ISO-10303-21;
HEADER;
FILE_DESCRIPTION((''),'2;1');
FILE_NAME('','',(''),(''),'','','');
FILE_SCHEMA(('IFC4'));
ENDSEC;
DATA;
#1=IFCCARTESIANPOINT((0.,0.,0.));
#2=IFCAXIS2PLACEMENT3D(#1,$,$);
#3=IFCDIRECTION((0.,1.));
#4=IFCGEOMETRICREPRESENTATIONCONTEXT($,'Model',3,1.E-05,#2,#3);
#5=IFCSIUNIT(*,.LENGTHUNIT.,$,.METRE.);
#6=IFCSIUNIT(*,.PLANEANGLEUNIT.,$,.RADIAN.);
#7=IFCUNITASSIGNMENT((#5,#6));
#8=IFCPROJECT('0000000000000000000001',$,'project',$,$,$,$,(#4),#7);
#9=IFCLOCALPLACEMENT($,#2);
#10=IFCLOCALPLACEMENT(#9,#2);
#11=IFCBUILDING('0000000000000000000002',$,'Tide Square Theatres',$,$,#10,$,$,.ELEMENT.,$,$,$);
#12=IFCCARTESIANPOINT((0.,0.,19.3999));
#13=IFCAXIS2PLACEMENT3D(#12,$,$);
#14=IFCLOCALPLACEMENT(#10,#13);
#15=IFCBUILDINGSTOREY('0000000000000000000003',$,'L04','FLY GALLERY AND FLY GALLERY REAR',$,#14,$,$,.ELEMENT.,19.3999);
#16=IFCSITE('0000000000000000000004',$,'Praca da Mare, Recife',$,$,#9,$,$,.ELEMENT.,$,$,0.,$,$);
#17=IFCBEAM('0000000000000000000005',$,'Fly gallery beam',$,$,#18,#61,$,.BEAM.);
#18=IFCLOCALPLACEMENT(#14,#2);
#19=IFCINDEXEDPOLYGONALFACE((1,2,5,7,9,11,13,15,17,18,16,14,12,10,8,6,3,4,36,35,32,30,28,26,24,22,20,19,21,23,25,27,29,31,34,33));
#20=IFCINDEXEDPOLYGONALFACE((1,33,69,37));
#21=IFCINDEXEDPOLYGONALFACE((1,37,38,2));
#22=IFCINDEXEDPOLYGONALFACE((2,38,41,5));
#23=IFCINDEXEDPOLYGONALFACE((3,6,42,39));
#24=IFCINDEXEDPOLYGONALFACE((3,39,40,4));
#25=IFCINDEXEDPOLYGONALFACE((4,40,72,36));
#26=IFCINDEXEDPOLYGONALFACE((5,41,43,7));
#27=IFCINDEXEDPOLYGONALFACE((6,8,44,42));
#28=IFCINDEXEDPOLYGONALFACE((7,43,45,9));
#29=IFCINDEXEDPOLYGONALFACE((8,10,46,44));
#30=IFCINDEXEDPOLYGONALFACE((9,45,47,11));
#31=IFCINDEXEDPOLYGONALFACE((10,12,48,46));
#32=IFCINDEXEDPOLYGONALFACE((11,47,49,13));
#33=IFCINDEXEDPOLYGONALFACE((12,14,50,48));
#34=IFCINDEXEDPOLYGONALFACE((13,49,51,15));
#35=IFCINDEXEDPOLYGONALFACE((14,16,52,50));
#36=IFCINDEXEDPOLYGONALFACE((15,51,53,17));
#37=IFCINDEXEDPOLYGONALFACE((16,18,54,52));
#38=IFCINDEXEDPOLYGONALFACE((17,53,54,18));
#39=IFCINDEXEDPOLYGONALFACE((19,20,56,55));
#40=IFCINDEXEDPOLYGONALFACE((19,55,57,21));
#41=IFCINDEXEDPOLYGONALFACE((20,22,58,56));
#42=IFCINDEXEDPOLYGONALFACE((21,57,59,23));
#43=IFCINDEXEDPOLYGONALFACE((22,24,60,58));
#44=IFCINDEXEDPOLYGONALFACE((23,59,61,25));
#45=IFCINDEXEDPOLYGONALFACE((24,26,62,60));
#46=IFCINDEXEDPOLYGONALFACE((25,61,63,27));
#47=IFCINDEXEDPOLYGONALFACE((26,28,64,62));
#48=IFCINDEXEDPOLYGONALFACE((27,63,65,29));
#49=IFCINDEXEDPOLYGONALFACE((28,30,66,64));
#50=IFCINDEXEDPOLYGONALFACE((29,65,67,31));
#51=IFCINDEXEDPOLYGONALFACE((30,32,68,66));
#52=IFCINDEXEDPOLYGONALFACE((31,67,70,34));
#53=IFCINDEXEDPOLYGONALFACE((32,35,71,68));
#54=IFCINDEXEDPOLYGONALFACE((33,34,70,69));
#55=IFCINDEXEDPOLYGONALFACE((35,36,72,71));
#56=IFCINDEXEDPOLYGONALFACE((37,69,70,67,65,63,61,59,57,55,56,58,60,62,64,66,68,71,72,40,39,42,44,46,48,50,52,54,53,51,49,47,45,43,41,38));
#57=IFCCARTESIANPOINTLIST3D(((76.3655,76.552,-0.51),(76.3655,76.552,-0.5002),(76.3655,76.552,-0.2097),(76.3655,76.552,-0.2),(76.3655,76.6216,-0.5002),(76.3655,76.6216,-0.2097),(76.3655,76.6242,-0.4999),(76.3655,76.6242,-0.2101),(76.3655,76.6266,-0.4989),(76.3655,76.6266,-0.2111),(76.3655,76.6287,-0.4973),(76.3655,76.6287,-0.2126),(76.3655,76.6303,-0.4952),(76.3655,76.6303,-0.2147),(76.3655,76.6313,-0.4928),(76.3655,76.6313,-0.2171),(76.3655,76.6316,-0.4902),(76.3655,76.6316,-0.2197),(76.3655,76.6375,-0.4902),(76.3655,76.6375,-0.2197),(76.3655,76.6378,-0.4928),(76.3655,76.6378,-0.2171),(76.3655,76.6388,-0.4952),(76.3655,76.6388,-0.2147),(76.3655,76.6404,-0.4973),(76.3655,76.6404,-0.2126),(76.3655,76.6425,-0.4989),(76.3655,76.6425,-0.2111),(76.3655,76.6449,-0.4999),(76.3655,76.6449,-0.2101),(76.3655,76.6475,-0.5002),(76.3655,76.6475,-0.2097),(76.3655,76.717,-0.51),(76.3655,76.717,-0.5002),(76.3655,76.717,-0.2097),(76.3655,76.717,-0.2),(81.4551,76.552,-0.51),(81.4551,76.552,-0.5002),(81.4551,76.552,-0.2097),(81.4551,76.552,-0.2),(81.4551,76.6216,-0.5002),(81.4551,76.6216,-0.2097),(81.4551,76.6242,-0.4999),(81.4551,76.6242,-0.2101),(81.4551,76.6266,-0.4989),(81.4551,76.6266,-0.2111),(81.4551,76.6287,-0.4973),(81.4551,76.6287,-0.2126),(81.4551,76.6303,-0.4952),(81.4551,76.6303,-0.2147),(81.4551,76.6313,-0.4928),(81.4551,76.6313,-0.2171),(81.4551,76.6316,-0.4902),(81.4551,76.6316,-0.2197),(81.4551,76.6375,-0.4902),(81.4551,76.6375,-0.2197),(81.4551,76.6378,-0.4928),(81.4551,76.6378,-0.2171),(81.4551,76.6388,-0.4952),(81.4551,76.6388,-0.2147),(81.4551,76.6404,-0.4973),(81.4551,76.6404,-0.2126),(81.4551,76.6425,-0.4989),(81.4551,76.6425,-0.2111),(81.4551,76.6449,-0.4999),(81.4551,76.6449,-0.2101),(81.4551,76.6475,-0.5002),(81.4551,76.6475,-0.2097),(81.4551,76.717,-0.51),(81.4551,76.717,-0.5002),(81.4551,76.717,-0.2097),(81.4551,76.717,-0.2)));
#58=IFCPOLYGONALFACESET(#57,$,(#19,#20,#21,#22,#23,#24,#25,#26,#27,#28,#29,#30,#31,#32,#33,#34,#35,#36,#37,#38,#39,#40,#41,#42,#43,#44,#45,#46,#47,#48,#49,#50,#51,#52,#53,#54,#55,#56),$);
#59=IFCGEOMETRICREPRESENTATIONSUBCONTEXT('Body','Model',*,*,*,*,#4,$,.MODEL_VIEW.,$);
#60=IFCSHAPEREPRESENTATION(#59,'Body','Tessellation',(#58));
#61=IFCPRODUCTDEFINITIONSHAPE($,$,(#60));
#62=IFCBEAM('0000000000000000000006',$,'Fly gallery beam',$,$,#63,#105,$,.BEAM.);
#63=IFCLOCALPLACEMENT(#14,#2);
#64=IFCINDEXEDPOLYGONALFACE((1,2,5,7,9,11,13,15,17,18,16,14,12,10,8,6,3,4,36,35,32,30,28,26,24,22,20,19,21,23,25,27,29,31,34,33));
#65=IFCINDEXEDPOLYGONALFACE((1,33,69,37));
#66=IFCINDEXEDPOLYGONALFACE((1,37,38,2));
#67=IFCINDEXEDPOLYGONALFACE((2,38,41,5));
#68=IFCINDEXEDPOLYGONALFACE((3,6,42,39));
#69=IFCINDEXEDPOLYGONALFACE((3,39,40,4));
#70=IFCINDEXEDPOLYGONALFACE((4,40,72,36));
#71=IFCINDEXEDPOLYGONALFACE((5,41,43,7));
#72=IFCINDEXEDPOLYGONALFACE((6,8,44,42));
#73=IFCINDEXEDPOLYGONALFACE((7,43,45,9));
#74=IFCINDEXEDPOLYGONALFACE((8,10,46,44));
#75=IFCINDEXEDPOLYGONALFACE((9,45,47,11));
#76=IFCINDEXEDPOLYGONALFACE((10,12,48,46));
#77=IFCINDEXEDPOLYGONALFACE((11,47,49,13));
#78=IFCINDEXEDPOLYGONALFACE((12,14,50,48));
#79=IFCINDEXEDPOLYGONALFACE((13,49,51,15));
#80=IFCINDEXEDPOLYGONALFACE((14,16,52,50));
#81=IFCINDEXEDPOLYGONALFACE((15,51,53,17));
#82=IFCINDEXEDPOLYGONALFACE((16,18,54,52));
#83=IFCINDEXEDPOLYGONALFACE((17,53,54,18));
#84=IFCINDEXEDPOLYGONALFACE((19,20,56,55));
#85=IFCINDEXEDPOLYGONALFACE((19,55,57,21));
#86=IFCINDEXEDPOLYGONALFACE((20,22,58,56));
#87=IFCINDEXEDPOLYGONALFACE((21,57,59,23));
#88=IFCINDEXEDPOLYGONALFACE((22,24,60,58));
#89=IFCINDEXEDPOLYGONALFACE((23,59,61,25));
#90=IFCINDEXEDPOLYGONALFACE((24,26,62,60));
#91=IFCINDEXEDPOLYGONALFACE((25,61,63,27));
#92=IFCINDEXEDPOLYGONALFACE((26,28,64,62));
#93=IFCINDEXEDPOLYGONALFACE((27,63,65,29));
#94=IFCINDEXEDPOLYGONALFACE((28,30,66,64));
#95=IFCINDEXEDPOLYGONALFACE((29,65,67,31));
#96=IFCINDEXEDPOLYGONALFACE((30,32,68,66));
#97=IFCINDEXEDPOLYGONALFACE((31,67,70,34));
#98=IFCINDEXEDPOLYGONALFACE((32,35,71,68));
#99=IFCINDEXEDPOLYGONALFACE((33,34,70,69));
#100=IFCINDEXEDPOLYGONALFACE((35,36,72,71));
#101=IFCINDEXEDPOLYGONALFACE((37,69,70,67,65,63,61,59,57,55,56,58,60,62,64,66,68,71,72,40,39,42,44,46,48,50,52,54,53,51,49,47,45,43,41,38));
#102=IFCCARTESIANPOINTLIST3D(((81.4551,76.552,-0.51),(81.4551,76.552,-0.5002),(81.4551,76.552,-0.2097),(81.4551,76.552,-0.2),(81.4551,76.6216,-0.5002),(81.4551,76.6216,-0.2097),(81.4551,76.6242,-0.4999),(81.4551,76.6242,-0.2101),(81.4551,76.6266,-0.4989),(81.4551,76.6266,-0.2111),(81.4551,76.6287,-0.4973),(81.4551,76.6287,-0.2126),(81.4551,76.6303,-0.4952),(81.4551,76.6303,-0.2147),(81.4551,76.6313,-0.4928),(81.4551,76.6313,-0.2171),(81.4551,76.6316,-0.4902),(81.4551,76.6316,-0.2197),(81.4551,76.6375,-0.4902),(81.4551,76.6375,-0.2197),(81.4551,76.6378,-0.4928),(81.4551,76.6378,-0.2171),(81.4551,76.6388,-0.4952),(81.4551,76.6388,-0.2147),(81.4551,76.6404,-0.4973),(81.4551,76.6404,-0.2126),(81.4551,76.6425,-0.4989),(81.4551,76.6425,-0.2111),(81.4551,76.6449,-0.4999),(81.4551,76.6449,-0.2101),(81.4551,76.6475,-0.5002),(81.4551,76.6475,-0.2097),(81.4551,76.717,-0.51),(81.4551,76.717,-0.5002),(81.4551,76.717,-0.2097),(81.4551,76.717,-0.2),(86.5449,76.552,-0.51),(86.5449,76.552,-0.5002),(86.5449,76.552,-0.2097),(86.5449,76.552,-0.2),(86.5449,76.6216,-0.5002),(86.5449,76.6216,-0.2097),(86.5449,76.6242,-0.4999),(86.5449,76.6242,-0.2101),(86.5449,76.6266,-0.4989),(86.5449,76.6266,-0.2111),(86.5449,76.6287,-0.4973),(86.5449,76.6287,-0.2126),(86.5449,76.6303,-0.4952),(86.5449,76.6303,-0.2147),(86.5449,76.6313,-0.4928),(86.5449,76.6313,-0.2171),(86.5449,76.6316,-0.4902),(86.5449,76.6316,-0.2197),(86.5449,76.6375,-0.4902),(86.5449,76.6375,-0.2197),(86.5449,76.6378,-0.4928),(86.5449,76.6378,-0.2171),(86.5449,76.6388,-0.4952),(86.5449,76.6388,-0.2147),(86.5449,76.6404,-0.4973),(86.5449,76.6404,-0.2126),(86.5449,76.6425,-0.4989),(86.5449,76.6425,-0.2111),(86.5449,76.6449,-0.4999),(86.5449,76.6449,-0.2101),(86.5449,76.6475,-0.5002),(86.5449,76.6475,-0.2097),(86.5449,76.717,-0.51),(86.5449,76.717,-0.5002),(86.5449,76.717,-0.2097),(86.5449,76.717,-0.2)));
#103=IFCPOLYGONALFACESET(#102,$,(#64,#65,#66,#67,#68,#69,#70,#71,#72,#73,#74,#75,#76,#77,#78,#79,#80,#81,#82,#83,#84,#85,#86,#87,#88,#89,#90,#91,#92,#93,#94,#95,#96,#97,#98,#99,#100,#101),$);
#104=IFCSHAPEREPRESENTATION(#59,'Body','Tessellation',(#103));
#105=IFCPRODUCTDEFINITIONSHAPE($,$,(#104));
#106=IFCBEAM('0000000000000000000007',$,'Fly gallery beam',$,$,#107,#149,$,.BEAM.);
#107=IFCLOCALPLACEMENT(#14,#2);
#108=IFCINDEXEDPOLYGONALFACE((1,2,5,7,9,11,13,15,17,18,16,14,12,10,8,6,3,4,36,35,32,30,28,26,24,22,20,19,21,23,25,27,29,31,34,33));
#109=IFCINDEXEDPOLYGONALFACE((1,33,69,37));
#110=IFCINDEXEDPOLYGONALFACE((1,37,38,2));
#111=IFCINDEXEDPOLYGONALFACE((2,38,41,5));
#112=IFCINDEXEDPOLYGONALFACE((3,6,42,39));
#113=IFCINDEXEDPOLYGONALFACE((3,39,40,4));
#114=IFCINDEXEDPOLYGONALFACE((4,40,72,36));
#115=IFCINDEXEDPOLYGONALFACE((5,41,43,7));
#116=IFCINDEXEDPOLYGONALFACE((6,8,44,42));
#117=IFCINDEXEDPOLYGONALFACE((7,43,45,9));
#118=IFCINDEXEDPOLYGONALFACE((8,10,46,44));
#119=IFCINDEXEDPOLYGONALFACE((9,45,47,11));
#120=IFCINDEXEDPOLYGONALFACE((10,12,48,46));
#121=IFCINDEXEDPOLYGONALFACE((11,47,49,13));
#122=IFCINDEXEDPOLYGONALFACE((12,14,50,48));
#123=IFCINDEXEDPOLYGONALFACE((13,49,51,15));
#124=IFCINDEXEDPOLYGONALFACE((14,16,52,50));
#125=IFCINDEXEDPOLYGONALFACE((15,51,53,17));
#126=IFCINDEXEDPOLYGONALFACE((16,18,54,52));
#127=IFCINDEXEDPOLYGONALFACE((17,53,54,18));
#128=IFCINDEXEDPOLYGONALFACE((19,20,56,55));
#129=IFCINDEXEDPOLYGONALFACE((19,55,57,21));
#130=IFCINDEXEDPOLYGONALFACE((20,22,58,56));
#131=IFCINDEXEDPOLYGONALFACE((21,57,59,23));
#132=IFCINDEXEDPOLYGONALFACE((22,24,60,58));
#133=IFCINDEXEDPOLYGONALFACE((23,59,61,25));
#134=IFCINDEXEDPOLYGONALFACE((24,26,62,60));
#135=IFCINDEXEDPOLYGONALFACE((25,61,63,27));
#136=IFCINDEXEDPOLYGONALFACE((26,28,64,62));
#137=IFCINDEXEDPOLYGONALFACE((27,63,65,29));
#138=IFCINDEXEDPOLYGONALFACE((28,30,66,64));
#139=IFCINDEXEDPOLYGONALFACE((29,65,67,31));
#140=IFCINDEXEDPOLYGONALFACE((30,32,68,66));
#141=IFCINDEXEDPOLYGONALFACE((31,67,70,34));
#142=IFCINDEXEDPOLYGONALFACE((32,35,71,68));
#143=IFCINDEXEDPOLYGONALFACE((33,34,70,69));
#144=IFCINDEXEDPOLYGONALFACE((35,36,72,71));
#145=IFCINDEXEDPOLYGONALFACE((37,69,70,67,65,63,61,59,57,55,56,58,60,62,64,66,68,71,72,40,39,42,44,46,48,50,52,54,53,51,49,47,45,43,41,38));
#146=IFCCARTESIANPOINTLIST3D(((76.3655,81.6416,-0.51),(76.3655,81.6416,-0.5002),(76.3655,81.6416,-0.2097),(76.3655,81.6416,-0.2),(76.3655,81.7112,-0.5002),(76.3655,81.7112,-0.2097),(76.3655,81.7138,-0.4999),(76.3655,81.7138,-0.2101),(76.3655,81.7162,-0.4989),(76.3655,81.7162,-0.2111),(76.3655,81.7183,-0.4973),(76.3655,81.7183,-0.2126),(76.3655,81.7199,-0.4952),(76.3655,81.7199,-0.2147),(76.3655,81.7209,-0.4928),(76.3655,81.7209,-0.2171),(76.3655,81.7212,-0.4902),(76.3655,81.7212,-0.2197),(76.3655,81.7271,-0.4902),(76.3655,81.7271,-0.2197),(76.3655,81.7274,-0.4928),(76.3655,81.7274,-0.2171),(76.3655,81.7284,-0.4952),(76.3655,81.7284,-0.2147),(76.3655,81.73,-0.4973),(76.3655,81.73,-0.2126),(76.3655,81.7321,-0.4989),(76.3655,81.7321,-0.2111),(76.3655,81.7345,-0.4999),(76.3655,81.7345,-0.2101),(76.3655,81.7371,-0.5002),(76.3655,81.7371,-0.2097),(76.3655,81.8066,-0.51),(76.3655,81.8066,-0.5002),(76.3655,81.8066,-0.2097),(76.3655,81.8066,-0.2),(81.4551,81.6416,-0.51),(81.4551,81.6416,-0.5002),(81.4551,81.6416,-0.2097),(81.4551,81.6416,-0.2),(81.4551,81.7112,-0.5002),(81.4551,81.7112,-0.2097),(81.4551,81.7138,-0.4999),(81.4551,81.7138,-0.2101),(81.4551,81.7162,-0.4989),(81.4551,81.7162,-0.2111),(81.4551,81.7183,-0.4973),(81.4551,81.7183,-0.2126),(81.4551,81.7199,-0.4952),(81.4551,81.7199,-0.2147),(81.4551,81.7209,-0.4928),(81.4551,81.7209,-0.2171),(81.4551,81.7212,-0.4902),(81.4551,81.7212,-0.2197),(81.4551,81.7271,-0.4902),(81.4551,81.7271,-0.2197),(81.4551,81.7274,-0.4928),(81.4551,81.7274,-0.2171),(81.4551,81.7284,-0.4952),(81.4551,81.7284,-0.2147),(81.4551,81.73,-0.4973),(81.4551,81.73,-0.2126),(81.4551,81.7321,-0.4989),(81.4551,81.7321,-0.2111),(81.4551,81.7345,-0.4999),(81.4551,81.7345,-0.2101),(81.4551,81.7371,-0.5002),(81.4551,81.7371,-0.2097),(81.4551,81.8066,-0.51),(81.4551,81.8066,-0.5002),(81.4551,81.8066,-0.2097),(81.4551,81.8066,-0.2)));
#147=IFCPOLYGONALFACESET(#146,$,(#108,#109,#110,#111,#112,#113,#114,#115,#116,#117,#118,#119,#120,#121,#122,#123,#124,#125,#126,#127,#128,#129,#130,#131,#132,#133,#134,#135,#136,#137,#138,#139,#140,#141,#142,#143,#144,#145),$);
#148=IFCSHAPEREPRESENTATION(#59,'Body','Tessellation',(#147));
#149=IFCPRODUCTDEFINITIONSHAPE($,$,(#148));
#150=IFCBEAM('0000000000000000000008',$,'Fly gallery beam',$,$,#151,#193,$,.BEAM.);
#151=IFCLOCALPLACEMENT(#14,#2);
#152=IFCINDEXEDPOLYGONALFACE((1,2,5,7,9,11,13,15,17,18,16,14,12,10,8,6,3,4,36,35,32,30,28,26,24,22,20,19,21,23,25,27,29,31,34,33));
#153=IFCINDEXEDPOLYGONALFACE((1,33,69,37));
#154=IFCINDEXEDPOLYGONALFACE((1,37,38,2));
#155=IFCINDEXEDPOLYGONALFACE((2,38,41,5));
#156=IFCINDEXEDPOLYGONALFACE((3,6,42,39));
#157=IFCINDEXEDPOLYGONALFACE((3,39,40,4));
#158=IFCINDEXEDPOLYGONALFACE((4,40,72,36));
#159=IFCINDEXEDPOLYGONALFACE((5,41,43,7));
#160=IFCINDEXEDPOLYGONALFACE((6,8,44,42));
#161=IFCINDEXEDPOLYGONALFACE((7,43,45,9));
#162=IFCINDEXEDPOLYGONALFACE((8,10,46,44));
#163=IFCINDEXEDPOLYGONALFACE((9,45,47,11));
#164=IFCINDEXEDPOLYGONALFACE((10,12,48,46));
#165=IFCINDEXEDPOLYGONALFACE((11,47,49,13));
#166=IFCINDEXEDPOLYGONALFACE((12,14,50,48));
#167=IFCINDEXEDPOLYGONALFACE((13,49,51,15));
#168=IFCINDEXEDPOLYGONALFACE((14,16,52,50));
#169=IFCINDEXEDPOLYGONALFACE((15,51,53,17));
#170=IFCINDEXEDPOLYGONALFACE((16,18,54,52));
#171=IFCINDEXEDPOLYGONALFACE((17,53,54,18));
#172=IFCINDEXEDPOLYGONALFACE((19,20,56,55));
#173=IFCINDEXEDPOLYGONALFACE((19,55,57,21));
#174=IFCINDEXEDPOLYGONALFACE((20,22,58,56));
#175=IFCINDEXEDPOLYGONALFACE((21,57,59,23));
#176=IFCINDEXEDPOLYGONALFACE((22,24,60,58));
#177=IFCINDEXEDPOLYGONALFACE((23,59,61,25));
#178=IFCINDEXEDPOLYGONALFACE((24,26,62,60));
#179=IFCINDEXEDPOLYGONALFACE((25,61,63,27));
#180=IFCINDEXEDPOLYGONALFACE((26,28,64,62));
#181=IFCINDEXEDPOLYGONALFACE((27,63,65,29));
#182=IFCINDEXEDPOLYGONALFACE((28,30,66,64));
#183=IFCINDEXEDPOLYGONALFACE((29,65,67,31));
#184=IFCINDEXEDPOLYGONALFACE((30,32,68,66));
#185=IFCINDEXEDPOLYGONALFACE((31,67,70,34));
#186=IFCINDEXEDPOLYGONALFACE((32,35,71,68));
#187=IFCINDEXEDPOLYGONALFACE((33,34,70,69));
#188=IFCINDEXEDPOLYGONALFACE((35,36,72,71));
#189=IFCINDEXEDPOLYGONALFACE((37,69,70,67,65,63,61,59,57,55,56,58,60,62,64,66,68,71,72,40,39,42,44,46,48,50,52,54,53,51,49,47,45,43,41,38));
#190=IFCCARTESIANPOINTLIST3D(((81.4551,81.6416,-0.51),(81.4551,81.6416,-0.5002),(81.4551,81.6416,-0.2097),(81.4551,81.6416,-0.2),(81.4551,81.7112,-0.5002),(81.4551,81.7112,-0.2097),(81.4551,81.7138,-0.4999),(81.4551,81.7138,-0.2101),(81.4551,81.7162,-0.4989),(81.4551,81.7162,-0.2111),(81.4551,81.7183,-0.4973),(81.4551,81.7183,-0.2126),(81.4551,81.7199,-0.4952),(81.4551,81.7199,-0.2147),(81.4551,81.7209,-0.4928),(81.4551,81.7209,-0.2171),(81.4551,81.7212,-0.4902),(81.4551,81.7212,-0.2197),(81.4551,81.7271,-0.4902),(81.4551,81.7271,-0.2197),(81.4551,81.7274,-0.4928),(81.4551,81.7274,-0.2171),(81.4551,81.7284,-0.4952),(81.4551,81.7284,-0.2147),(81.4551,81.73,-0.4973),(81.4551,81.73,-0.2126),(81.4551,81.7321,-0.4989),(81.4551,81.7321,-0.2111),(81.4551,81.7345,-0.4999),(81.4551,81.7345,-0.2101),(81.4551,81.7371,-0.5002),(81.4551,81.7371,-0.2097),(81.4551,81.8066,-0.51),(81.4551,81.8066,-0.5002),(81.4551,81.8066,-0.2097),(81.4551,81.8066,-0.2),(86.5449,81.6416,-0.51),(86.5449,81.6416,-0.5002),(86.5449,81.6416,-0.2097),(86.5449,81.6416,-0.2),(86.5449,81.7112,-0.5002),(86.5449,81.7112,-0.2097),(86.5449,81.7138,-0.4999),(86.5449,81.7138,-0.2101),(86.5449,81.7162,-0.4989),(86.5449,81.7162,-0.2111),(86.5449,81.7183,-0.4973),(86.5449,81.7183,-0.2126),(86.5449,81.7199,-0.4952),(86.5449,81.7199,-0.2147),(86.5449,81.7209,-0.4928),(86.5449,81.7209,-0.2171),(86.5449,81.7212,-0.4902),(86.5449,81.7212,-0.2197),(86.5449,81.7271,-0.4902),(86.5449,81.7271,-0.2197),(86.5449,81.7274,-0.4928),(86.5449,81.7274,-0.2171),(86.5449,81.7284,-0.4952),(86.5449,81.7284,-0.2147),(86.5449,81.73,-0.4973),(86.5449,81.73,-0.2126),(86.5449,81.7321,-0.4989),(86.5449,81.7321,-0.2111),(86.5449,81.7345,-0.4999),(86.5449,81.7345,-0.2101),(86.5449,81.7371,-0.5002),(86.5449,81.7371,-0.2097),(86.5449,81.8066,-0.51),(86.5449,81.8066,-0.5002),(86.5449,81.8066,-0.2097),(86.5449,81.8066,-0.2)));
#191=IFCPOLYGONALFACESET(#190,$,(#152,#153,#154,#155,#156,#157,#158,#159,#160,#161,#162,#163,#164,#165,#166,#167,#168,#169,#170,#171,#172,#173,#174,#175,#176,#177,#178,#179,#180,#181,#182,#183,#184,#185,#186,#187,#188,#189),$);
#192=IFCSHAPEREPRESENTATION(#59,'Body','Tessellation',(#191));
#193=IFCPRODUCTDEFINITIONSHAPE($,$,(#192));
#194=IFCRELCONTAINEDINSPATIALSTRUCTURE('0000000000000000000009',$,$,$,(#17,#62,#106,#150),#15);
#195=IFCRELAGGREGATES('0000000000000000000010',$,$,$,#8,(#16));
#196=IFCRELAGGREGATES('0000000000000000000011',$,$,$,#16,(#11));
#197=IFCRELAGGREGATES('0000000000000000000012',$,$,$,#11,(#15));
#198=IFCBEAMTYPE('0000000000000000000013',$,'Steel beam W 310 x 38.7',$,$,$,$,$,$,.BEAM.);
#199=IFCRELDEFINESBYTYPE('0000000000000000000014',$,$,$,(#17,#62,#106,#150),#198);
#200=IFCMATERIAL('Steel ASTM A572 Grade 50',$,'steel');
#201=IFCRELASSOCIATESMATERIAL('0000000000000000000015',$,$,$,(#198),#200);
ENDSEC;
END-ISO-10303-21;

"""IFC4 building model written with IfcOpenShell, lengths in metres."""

from ifc_helpers import new_model, si_unit, direction, frame, origin, origin_2d, place, context, subcontext, project, spatial, i_section, extrude, material, material_profile, profile_set, type_object, element, save


model = new_model("IFC4")

# Units and contexts
model_context = context("Model", 3, precision=1e-05, world=origin(), true_north=direction((0.0, 1.0)))
body_context = subcontext(model_context, "Body", "Model", "MODEL_VIEW")
ifc_project = project(units=[si_unit("LENGTHUNIT", "METRE"), si_unit("PLANEANGLEUNIT", "RADIAN")], contexts=[model_context])

# Site, building, storey
site_placement = place(None, origin())
site = spatial("IfcSite", under=ifc_project, at=site_placement, Name="Praca da Mare, Recife", CompositionType="ELEMENT", RefElevation=0.0)
building_placement = place(site_placement, origin())
building = spatial("IfcBuilding", under=site, at=building_placement, Name="Tide Square Theatres", CompositionType="ELEMENT")
storey_placement = place(building_placement, frame((0.0, 0.0, 19.3999)))
storey = spatial("IfcBuildingStorey", under=building, at=storey_placement, Name="L04", Description="FLY GALLERY AND FLY GALLERY REAR", CompositionType="ELEMENT", Elevation=19.3999)

# Beams
ifc_material_1 = material(Name="Steel ASTM A572 Grade 50", Category="steel")
ifc_material_profile_1 = material_profile(ifc_material_1, i_section(OverallWidth=0.165, OverallDepth=0.3101, WebThickness=0.0059, FlangeThickness=0.0098, FilletRadius=0.01, at=origin_2d()))
ifc_profile_set_1 = profile_set([ifc_material_profile_1], Name="Steel ASTM A572 Grade 50")
beam_type_1 = type_object("IfcBeamType", Name="Steel beam W 310 x 38.7", PredefinedType="BEAM", material=ifc_profile_set_1)
beam_1_placement = place(storey_placement, frame((76.3655, 76.6345, -0.355), z_axis=(1.0, 0.0, 0.0), x_axis=(0.0, 1.0, 0.0)))
element("IfcBeam", 1, at=beam_1_placement, inside=storey, type_object=beam_type_1, Name="Fly gallery beam", PredefinedType="BEAM", context=body_context, shape_type="SweptSolid", body=[
    extrude(i_section(OverallWidth=0.165, OverallDepth=0.3101, WebThickness=0.0059, FlangeThickness=0.0098, FilletRadius=0.01, at=origin_2d()), origin(), (0.0, 0.0, 1.0), 5.0896),
])
beam_2_placement = place(storey_placement, frame((81.4551, 76.6345, -0.355), z_axis=(1.0, 0.0, 0.0), x_axis=(0.0, 1.0, 0.0)))
element("IfcBeam", 2, at=beam_2_placement, inside=storey, type_object=beam_type_1, Name="Fly gallery beam", PredefinedType="BEAM", context=body_context, shape_type="SweptSolid", body=[
    extrude(i_section(OverallWidth=0.165, OverallDepth=0.3101, WebThickness=0.0059, FlangeThickness=0.0098, FilletRadius=0.01, at=origin_2d()), origin(), (0.0, 0.0, 1.0), 5.0898),
])
beam_3_placement = place(storey_placement, frame((76.3655, 81.7241, -0.355), z_axis=(1.0, 0.0, 0.0), x_axis=(0.0, 1.0, 0.0)))
element("IfcBeam", 3, at=beam_3_placement, inside=storey, type_object=beam_type_1, Name="Fly gallery beam", PredefinedType="BEAM", context=body_context, shape_type="SweptSolid", body=[
    extrude(i_section(OverallWidth=0.165, OverallDepth=0.3101, WebThickness=0.0059, FlangeThickness=0.0098, FilletRadius=0.01, at=origin_2d()), origin(), (0.0, 0.0, 1.0), 5.0896),
])
beam_4_placement = place(storey_placement, frame((81.4551, 81.7241, -0.355), z_axis=(1.0, 0.0, 0.0), x_axis=(0.0, 1.0, 0.0)))
element("IfcBeam", 4, at=beam_4_placement, inside=storey, type_object=beam_type_1, Name="Fly gallery beam", PredefinedType="BEAM", context=body_context, shape_type="SweptSolid", body=[
    extrude(i_section(OverallWidth=0.165, OverallDepth=0.3101, WebThickness=0.0059, FlangeThickness=0.0098, FilletRadius=0.01, at=origin_2d()), origin(), (0.0, 0.0, 1.0), 5.0898),
])

save(model, "model.ifc")
